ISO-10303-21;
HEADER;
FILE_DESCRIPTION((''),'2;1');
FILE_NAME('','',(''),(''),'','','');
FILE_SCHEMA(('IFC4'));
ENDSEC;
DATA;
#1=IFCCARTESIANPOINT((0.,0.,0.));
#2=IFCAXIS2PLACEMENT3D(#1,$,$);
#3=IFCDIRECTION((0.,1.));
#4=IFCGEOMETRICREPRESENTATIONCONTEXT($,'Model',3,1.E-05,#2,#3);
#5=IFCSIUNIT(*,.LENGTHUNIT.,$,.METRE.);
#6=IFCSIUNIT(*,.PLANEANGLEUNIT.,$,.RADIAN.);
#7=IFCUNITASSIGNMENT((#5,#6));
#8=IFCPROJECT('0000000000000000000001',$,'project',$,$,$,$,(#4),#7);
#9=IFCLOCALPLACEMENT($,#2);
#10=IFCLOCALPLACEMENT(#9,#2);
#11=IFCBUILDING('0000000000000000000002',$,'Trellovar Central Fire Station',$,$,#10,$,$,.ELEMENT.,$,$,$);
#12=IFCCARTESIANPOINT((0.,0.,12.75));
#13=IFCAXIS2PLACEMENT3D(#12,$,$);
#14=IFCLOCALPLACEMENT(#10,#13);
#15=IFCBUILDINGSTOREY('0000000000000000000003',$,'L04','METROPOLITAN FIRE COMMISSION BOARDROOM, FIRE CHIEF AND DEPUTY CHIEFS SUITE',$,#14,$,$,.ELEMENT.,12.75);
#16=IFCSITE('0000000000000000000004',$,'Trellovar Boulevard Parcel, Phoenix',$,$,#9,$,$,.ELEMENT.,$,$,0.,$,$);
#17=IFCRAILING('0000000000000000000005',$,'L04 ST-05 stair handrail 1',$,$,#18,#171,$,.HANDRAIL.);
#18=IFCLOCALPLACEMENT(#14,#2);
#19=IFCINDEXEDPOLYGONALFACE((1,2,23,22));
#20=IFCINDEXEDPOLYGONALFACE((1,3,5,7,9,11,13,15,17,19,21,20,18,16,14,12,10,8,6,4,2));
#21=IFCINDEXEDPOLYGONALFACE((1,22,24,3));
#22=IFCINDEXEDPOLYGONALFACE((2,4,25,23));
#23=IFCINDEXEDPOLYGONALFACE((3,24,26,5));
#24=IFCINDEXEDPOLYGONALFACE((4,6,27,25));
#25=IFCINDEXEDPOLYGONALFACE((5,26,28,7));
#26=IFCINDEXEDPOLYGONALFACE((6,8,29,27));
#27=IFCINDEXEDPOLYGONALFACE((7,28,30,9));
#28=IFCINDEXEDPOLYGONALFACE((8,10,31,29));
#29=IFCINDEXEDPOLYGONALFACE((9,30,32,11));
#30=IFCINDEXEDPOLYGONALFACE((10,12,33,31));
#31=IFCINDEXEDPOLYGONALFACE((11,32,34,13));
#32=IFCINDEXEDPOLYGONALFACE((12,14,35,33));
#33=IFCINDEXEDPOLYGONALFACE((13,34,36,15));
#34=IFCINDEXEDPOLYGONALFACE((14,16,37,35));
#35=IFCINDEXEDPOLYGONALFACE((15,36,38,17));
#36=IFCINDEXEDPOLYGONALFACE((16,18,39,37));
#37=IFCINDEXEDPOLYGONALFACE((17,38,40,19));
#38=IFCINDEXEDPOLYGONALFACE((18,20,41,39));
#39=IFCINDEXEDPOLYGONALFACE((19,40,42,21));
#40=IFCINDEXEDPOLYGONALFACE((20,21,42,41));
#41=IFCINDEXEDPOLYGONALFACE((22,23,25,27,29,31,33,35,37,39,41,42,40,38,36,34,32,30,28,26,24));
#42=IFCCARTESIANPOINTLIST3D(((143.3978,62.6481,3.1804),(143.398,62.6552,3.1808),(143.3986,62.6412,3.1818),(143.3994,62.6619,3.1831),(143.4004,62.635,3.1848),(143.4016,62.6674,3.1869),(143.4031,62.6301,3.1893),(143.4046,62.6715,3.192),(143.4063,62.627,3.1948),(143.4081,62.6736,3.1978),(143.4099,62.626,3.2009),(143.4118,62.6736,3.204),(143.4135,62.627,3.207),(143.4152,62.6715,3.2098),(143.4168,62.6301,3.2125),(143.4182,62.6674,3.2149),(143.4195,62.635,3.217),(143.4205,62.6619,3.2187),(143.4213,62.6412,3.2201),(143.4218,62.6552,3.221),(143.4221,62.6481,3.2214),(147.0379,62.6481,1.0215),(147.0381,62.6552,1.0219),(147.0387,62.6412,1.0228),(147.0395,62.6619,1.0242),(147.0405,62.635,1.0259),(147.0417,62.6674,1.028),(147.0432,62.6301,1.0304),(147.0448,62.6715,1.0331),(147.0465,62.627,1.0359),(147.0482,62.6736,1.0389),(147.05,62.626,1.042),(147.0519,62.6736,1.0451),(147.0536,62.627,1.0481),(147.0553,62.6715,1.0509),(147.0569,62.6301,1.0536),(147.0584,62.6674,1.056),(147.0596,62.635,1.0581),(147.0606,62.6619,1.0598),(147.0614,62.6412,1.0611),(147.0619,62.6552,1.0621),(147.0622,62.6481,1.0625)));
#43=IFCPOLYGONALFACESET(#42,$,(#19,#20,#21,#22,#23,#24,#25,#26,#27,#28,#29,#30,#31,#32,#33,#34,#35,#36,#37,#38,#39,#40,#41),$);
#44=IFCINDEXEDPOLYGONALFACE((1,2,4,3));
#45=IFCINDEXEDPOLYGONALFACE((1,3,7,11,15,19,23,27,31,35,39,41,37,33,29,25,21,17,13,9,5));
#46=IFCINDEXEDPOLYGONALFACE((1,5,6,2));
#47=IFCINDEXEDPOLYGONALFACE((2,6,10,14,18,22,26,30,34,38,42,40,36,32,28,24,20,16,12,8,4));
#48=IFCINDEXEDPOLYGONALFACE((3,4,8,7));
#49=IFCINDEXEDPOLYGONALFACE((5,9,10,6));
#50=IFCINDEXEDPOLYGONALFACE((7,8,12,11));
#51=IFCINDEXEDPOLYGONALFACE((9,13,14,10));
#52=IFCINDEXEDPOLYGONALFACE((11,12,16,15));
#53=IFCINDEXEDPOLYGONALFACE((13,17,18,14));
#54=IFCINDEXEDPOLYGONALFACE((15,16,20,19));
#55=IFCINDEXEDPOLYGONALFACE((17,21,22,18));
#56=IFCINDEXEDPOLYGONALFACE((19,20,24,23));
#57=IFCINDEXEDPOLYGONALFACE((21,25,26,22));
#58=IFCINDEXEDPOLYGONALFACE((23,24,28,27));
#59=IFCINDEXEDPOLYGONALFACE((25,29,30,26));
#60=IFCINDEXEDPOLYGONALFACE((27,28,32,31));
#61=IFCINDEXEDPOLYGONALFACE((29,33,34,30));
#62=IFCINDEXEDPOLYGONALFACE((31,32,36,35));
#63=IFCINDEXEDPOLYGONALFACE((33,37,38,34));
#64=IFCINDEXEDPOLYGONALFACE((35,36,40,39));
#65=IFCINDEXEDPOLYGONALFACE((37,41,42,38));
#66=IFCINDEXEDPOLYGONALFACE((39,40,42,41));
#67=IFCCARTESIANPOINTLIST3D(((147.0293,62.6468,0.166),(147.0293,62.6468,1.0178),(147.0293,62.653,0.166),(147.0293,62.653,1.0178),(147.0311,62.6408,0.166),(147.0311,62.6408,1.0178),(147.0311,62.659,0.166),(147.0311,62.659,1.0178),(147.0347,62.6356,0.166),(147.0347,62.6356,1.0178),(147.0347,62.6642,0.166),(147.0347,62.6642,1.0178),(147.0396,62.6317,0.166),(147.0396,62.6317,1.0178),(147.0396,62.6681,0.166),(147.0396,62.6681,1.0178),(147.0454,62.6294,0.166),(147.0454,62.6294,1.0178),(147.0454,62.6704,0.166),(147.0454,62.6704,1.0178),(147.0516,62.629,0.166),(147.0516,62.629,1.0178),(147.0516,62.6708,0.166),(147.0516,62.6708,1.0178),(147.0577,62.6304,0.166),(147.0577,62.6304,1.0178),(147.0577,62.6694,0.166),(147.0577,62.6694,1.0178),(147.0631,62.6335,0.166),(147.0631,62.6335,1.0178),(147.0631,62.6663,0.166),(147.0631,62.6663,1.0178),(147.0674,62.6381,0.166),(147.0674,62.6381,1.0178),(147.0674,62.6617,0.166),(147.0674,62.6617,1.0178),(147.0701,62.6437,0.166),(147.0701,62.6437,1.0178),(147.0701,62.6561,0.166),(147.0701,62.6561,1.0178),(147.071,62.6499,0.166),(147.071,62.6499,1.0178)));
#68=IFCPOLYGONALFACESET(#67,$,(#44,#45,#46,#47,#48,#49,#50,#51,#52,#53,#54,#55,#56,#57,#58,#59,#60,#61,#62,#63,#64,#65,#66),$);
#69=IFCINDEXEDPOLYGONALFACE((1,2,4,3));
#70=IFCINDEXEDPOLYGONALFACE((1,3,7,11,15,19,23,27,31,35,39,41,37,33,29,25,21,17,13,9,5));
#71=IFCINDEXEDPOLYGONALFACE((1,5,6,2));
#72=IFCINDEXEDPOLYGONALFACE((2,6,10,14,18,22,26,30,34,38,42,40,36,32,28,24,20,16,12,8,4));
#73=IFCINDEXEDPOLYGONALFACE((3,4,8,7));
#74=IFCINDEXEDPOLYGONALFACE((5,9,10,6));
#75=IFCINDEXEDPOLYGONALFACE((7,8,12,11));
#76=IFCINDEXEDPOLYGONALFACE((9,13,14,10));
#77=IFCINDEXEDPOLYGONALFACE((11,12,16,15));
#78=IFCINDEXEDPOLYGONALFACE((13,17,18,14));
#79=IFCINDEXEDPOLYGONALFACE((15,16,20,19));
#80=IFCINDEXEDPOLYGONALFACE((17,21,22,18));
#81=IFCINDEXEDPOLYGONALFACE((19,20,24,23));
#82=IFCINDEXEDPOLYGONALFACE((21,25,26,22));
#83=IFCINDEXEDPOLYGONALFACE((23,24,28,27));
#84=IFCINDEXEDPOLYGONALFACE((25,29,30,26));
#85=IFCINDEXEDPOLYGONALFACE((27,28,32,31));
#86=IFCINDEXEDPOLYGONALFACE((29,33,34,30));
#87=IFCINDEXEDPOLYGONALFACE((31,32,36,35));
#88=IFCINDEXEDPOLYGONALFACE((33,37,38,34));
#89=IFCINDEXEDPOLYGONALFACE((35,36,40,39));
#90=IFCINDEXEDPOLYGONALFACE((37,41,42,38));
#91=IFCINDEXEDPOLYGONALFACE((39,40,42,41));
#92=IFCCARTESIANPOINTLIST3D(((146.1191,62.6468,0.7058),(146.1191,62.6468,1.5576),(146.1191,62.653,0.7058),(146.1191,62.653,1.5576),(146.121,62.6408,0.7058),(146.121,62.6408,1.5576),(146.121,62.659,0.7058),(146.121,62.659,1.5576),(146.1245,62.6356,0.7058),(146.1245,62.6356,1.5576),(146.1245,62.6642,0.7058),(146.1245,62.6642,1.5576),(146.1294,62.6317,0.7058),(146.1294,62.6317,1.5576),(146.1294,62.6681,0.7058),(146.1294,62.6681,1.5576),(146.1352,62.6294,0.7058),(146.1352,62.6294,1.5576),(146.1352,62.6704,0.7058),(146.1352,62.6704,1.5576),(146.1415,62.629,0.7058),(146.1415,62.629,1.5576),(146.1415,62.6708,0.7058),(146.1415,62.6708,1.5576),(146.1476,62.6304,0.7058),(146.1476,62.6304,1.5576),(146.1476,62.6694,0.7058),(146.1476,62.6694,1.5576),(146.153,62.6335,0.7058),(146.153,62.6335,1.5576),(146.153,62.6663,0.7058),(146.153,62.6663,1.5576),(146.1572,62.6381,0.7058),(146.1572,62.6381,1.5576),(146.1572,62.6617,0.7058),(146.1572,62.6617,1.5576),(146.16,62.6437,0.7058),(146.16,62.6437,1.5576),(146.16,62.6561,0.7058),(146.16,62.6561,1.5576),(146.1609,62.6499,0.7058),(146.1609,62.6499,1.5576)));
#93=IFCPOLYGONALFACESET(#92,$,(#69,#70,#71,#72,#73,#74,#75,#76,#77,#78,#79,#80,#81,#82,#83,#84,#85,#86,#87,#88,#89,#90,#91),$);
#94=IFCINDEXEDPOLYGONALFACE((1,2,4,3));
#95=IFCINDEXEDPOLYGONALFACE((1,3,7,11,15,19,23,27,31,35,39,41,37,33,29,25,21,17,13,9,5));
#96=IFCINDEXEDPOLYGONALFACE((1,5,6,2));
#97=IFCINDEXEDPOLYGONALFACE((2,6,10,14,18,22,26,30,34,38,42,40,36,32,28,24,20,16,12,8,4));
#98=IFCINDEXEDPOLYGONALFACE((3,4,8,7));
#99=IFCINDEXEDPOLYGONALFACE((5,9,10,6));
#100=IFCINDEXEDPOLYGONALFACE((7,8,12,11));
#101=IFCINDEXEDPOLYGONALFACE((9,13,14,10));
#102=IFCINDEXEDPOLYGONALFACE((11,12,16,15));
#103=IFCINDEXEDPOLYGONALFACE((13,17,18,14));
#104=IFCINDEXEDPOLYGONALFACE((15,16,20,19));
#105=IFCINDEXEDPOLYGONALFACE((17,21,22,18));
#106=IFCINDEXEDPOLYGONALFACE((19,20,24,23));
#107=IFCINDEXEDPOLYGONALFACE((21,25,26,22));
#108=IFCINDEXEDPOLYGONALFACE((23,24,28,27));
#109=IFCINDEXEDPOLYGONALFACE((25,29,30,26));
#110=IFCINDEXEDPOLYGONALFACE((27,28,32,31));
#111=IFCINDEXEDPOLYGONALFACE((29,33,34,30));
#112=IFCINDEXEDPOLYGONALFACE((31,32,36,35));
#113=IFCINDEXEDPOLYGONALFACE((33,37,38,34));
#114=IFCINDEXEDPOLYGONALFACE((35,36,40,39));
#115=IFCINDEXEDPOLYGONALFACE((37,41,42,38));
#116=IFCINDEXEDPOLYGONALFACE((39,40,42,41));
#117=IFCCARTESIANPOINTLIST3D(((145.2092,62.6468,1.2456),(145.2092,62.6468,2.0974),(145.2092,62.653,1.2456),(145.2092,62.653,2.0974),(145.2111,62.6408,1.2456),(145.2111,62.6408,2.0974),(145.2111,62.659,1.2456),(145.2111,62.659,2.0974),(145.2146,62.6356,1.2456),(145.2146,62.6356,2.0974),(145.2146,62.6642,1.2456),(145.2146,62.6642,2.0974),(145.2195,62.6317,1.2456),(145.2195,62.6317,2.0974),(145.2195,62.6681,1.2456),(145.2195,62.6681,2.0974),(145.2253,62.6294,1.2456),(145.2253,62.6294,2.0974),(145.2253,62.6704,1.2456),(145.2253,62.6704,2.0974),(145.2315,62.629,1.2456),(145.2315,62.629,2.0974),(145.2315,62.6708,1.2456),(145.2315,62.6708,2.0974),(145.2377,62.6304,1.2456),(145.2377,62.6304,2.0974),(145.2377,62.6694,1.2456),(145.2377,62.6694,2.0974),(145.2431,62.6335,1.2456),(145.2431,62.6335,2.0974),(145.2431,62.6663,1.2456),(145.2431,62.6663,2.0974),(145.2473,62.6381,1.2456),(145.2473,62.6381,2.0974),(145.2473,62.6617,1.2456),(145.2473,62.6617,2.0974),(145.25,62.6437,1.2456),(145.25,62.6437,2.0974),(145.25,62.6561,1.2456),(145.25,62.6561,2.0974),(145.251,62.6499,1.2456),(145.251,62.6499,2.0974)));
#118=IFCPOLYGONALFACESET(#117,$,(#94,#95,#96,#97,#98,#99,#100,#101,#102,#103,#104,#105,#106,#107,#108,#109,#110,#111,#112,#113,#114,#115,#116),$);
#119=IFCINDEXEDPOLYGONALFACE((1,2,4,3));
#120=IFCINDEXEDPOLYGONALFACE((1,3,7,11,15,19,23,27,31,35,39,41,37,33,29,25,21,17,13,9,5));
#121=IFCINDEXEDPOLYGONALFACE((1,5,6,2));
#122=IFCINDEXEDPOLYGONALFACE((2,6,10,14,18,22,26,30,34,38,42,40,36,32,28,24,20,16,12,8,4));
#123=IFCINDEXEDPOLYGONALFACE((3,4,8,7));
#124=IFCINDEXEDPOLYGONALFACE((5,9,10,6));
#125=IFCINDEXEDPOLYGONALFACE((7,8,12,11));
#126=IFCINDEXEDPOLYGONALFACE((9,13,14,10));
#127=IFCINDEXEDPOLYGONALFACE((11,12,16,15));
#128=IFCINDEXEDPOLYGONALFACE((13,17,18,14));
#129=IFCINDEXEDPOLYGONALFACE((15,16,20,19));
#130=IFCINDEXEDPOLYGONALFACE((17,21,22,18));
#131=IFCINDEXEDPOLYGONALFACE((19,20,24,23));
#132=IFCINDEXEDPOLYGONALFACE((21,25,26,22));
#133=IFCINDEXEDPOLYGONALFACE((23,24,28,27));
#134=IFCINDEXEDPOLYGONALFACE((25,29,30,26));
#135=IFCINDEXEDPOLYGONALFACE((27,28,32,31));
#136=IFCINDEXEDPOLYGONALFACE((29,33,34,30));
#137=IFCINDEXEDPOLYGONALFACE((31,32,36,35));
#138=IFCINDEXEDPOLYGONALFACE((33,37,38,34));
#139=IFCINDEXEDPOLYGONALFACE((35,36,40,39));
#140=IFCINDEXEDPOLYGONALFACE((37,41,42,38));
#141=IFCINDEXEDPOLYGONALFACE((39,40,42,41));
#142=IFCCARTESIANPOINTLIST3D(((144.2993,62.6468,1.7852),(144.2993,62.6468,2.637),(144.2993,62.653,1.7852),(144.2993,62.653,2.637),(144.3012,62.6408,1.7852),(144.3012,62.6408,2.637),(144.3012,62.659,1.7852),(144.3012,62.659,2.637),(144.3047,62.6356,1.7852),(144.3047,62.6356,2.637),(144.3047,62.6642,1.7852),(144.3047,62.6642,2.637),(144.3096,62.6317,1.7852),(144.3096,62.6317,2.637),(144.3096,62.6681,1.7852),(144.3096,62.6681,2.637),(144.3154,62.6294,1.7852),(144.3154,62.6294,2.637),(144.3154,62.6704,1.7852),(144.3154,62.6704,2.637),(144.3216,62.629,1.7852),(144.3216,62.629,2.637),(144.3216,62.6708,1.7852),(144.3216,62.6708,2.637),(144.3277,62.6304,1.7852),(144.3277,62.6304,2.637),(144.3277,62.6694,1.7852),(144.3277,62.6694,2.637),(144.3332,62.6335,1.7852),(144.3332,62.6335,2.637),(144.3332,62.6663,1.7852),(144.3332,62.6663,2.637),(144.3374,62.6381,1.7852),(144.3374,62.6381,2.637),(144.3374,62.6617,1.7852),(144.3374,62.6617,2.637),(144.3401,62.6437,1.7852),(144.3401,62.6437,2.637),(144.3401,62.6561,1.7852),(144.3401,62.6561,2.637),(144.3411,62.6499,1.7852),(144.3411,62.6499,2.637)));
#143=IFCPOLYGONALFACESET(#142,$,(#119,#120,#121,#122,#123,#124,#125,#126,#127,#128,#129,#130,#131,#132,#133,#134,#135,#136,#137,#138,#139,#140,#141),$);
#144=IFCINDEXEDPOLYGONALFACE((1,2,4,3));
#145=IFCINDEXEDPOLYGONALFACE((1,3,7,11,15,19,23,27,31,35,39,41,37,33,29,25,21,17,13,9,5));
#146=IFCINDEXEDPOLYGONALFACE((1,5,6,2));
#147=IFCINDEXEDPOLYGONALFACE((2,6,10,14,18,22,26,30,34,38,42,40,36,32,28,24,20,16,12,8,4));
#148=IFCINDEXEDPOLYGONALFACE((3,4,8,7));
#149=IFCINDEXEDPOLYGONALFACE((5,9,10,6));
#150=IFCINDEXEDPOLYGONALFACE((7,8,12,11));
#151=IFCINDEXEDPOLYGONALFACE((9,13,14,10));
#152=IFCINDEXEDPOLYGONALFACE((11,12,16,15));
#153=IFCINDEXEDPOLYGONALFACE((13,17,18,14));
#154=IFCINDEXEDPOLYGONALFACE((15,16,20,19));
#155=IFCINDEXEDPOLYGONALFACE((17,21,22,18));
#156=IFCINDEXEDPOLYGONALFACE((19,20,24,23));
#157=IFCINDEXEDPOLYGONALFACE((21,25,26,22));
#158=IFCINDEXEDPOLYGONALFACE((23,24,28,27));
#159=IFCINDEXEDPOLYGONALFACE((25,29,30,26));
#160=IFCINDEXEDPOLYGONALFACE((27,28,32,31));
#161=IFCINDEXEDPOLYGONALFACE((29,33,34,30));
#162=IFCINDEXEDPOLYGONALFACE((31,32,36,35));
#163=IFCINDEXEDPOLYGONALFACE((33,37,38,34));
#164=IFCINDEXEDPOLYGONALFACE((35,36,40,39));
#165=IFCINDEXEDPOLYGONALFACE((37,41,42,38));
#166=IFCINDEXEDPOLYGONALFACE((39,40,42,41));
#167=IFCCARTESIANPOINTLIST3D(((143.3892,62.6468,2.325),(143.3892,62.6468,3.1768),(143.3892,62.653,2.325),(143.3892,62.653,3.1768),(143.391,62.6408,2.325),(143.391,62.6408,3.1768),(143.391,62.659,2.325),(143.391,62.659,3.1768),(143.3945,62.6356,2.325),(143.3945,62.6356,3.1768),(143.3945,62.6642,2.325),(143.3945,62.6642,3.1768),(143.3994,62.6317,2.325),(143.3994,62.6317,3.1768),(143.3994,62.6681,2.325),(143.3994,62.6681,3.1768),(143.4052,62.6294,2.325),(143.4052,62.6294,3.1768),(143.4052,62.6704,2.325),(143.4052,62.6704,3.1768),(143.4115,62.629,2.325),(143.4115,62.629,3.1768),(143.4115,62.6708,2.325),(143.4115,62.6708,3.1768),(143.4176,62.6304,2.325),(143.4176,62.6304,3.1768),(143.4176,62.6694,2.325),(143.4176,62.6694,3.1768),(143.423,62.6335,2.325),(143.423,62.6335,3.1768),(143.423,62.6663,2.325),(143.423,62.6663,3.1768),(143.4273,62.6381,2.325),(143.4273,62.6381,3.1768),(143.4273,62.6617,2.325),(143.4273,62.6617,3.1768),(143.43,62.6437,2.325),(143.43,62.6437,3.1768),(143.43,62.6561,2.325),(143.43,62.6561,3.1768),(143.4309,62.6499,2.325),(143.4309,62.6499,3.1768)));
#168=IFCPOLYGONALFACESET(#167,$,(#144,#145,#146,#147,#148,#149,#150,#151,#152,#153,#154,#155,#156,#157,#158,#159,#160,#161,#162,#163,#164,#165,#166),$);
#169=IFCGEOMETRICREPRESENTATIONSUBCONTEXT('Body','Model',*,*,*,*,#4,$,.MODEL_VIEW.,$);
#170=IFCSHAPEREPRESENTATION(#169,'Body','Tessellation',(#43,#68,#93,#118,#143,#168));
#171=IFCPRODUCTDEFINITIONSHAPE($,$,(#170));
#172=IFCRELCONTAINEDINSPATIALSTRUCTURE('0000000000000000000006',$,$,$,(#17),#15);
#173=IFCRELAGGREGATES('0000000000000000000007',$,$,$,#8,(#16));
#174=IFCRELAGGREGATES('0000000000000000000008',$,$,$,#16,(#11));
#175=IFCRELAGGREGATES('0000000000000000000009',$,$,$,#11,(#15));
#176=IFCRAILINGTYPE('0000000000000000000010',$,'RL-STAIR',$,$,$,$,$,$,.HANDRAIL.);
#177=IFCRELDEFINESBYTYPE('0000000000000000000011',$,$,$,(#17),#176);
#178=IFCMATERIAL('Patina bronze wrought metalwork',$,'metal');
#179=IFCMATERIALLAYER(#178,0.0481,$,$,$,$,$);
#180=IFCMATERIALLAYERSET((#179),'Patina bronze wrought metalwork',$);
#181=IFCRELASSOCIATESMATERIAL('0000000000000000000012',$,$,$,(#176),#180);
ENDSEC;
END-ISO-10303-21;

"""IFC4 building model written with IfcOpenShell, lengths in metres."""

from ifc_helpers import new_model, si_unit, direction, frame, origin, origin_2d, place, context, subcontext, project, spatial, circle, extrude, material, layer, layer_set, type_object, element, save


model = new_model("IFC4")

# Units and contexts
model_context = context("Model", 3, precision=1e-05, world=origin(), true_north=direction((0.0, 1.0)))
body_context = subcontext(model_context, "Body", "Model", "MODEL_VIEW")
ifc_project = project(units=[si_unit("LENGTHUNIT", "METRE"), si_unit("PLANEANGLEUNIT", "RADIAN")], contexts=[model_context])

# Site, building, storey
site_placement = place(None, origin())
site = spatial("IfcSite", under=ifc_project, at=site_placement, Name="Trellovar Boulevard Parcel, Phoenix", CompositionType="ELEMENT", RefElevation=0.0)
building_placement = place(site_placement, origin())
building = spatial("IfcBuilding", under=site, at=building_placement, Name="Trellovar Central Fire Station", CompositionType="ELEMENT")
storey_placement = place(building_placement, frame((0.0, 0.0, 12.75)))
storey = spatial("IfcBuildingStorey", under=building, at=storey_placement, Name="L04", Description="METROPOLITAN FIRE COMMISSION BOARDROOM, FIRE CHIEF AND DEPUTY CHIEFS SUITE", CompositionType="ELEMENT", Elevation=12.75)

# Railing
ifc_material_1 = material(Name="Patina bronze wrought metalwork", Category="metal")
ifc_layer_1 = layer(ifc_material_1, 0.0481)
ifc_layer_set_1 = layer_set([ifc_layer_1], Name="Patina bronze wrought metalwork")
railing_type_1 = type_object("IfcRailingType", Name="RL-STAIR", PredefinedType="HANDRAIL", material=ifc_layer_set_1)
railing_1_placement = place(storey_placement, frame((147.05, 62.6499, 0.166)))
element("IfcRailing", 1, at=railing_1_placement, inside=storey, type_object=railing_type_1, Name="L04 ST-05 stair handrail 1", PredefinedType="HANDRAIL", context=body_context, shape_type="SweptSolid", body=[
    extrude(circle(Radius=0.0239, at=origin_2d()), frame((0.0, 0.0, 0.876), z_axis=(-0.860103, 0.0, 0.51012), x_axis=(0.0, -1.0, 0.0)), (0.0, 0.0, 1.0), 4.2322),
    extrude(circle(Radius=0.021, at=origin_2d()), origin(), (0.0, 0.0, 1.0), 0.8518),
    extrude(circle(Radius=0.021, at=origin_2d()), frame((-0.9102, 0.0, 0.5398)), (0.0, 0.0, 1.0), 0.8518),
    extrude(circle(Radius=0.021, at=origin_2d()), frame((-1.8201, 0.0, 1.0796)), (0.0, 0.0, 1.0), 0.8518),
    extrude(circle(Radius=0.021, at=origin_2d()), frame((-2.73, 0.0, 1.6191)), (0.0, 0.0, 1.0), 0.8518),
    extrude(circle(Radius=0.021, at=origin_2d()), frame((-3.6401, 0.0, 2.1589)), (0.0, 0.0, 1.0), 0.8518),
])

save(model, "model.ifc")
